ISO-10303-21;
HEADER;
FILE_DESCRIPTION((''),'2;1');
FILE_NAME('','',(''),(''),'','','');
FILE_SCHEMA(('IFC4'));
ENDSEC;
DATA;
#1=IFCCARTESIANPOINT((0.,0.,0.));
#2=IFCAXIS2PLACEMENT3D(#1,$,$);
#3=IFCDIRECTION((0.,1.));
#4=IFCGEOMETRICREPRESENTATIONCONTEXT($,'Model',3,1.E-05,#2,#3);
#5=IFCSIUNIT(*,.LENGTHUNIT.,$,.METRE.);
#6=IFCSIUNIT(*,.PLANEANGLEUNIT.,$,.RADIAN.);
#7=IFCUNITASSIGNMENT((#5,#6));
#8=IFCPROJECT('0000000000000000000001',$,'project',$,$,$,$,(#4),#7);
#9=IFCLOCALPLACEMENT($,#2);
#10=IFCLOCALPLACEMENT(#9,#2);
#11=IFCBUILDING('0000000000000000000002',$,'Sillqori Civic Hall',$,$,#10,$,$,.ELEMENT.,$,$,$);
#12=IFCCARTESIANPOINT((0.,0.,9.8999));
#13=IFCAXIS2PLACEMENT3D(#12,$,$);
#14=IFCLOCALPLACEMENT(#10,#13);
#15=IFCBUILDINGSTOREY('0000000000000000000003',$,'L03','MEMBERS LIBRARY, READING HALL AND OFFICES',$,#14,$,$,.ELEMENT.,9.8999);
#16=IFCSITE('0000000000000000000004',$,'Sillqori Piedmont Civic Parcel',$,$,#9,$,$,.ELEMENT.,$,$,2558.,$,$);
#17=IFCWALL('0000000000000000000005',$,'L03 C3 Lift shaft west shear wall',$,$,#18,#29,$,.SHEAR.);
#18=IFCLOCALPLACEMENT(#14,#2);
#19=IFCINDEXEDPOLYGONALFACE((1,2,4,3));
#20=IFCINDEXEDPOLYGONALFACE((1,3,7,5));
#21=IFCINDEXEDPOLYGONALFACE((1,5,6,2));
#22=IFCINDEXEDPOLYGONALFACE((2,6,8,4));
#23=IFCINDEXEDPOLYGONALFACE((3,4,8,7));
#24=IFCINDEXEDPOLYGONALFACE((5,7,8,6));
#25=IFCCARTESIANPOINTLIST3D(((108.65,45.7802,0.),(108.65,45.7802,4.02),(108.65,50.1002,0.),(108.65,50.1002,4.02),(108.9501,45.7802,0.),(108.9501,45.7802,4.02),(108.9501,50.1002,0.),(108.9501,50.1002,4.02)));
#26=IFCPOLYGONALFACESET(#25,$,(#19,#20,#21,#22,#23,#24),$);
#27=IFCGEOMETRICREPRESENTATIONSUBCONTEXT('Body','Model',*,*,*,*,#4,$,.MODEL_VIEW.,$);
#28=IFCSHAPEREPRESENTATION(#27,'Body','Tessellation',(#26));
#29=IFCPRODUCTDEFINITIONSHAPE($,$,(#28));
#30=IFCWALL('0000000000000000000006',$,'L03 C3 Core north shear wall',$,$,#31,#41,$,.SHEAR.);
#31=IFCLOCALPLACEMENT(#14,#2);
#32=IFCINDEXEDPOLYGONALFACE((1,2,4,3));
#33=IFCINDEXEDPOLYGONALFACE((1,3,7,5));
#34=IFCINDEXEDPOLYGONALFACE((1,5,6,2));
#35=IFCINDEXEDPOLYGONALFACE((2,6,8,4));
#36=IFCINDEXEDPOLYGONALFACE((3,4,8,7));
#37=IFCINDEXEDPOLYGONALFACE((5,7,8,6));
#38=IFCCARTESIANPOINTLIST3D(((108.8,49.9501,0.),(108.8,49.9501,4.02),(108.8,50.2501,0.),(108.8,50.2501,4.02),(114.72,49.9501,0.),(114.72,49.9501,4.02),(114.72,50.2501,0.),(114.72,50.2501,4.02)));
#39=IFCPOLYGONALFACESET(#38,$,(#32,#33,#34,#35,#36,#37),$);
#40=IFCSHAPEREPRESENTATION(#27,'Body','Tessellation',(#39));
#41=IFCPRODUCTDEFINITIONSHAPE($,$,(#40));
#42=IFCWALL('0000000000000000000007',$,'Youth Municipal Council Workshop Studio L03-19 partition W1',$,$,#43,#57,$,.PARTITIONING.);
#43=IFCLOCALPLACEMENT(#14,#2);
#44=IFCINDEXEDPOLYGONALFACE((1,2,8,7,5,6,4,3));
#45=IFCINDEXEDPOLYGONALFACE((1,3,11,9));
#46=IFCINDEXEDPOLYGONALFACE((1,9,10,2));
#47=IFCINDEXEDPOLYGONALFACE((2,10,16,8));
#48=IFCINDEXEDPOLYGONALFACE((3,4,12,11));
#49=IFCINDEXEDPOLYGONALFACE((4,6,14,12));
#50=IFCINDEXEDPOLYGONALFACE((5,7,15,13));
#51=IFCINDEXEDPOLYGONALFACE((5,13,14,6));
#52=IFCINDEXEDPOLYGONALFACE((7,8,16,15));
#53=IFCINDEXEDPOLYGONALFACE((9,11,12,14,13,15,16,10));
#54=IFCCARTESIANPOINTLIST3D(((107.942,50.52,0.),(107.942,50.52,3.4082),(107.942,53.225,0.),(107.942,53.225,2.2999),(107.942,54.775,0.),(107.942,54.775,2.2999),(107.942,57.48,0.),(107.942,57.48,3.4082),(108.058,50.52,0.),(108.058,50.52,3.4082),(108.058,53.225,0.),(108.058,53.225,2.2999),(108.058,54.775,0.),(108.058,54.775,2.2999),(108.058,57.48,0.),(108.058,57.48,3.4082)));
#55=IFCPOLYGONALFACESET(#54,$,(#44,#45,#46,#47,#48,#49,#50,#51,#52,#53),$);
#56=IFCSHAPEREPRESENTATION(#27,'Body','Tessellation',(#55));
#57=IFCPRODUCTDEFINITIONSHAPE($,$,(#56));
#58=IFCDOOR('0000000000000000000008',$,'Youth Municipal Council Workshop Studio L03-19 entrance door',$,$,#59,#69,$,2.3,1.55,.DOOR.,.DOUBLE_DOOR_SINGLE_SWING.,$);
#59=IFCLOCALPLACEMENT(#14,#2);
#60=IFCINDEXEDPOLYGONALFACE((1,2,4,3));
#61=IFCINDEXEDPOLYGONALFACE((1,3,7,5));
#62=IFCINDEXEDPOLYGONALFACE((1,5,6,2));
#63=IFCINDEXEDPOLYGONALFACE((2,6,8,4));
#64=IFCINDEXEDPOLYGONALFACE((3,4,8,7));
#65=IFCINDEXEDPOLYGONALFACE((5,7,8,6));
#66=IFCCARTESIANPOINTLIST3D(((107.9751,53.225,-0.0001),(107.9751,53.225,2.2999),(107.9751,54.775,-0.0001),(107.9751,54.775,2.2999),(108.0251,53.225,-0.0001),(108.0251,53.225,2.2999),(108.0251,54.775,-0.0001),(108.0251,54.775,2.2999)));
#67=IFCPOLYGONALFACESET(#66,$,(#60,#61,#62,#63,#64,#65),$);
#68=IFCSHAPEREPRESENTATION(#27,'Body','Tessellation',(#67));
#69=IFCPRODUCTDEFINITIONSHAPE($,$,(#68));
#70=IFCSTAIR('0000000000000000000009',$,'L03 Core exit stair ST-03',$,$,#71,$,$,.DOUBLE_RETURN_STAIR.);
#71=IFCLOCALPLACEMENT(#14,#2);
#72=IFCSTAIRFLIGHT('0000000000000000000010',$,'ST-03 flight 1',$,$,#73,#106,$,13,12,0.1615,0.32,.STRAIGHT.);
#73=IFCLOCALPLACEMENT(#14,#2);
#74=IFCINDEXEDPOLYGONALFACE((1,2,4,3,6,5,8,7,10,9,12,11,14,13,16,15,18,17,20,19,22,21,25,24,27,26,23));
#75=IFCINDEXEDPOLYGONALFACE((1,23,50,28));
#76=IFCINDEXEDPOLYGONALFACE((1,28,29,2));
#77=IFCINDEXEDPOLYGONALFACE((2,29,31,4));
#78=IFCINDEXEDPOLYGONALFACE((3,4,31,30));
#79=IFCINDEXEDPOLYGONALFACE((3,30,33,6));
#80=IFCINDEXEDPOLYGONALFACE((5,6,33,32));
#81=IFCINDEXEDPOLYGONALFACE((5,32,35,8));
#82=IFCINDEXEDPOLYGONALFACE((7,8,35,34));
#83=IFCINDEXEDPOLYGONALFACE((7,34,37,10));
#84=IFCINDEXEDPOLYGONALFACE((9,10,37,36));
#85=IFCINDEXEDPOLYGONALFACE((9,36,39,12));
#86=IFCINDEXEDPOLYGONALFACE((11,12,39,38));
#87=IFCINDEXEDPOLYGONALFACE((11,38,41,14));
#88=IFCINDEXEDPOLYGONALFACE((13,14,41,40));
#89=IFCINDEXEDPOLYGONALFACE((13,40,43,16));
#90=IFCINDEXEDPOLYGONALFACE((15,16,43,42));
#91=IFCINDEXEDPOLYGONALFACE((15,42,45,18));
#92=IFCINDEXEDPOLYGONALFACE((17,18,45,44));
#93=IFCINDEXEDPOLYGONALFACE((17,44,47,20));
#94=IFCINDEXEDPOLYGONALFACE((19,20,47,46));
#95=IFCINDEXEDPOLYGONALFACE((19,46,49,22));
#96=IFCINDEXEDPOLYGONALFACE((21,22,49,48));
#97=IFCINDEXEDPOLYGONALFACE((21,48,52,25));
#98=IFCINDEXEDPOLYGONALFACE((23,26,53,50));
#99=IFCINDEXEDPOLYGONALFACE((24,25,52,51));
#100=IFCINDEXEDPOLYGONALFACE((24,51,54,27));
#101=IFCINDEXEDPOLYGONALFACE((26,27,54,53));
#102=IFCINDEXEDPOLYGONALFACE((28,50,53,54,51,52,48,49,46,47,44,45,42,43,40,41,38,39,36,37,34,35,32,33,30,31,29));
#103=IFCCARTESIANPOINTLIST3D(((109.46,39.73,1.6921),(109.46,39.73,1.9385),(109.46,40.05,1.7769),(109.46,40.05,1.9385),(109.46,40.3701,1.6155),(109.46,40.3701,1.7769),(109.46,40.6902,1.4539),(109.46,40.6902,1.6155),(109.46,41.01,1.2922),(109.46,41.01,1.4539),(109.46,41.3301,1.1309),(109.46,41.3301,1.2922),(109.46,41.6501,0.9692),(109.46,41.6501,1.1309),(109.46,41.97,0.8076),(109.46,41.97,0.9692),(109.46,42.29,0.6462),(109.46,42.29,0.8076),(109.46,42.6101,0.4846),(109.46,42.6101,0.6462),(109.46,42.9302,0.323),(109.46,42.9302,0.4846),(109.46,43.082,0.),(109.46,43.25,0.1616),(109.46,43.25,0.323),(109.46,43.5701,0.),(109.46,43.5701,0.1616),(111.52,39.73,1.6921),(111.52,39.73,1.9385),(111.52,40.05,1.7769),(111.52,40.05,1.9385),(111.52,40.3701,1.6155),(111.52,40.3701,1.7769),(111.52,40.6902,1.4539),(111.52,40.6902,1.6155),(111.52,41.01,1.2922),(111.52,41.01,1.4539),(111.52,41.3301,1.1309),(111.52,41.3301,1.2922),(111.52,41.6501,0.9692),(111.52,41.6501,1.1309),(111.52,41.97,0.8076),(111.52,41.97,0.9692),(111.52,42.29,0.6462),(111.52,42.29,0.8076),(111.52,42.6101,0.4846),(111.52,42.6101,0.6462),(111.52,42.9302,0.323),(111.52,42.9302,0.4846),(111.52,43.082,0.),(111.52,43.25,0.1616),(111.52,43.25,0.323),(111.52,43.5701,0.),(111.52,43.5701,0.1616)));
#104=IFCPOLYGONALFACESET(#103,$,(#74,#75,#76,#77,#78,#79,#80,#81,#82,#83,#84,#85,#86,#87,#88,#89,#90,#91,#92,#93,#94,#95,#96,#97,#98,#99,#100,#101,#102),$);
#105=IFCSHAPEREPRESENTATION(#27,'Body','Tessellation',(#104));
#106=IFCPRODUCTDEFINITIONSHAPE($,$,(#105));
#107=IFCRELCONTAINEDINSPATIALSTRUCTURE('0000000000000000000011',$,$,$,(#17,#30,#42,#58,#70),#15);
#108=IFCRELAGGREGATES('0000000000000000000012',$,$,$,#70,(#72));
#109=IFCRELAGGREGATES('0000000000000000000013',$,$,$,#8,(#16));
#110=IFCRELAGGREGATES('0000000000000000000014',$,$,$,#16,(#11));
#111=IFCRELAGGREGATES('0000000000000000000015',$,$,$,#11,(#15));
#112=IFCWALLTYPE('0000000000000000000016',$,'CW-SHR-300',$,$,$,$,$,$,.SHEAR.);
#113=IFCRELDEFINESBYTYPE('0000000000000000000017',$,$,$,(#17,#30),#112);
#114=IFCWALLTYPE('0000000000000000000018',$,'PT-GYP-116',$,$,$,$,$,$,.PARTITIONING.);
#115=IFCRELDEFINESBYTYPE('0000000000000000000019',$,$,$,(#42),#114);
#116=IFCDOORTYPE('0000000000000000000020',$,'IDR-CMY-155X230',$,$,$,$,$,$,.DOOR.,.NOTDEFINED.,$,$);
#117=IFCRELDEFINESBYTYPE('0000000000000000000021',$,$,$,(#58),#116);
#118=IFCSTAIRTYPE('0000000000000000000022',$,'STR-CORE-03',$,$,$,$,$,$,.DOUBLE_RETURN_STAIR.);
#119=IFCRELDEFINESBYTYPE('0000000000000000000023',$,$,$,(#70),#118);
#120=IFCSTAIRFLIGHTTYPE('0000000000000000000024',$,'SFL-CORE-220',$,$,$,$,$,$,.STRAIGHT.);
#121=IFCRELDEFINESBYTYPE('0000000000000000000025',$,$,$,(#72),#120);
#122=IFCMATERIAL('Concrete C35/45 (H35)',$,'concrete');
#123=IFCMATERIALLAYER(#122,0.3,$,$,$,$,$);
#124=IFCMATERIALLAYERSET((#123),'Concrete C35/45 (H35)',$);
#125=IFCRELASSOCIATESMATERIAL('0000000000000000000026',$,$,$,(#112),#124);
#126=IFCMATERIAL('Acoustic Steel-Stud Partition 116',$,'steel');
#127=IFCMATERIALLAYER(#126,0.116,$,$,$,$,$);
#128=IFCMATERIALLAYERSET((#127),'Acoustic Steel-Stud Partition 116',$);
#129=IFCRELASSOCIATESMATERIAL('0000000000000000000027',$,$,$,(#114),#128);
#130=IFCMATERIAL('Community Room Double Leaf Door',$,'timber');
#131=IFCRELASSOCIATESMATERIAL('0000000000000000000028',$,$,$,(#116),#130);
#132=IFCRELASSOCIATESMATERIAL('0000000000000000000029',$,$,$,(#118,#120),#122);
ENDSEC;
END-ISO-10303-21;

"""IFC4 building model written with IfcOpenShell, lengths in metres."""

from ifc_helpers import new_model, si_unit, direction, frame, frame_2d, origin, place, context, subcontext, project, spatial, polyline, rectangle, outline, extrude, material, layer, layer_set, type_object, element, fill, aggregate, save


model = new_model("IFC4")

# Units and contexts
model_context = context("Model", 3, precision=1e-05, world=origin(), true_north=direction((0.0, 1.0)))
body_context = subcontext(model_context, "Body", "Model", "MODEL_VIEW")
ifc_project = project(units=[si_unit("LENGTHUNIT", "METRE"), si_unit("PLANEANGLEUNIT", "RADIAN")], contexts=[model_context])

# Site, building, storey
site_placement = place(None, origin())
site = spatial("IfcSite", under=ifc_project, at=site_placement, Name="Sillqori Piedmont Civic Parcel", CompositionType="ELEMENT", RefElevation=2558.0)
building_placement = place(site_placement, origin())
building = spatial("IfcBuilding", under=site, at=building_placement, Name="Sillqori Civic Hall", CompositionType="ELEMENT")
storey_placement = place(building_placement, frame((0.0, 0.0, 9.8999)))
storey = spatial("IfcBuildingStorey", under=building, at=storey_placement, Name="L03", Description="MEMBERS LIBRARY, READING HALL AND OFFICES", CompositionType="ELEMENT", Elevation=9.8999)

# Shared definitions
ifc_material_1 = material(Name="Concrete C35/45 (H35)", Category="concrete")

# Walls
ifc_layer_1 = layer(ifc_material_1, 0.3)
ifc_layer_set_1 = layer_set([ifc_layer_1], Name="Concrete C35/45 (H35)")
wall_type_1 = type_object("IfcWallType", Name="CW-SHR-300", PredefinedType="SHEAR", material=ifc_layer_set_1)
wall_1_placement = place(storey_placement, frame((108.8, 45.78, 0.0), z_axis=(0.0, 0.0, 1.0), x_axis=(0.0, 1.0, 0.0)))
element("IfcWall", 1, at=wall_1_placement, inside=storey, type_object=wall_type_1, Name="L03 C3 Lift shaft west shear wall", PredefinedType="SHEAR", context=body_context, shape_type="SweptSolid", body=[
    extrude(rectangle(XDim=4.3201, YDim=0.3, at=frame_2d((2.1602, 0.0))), origin(), (0.0, 0.0, 1.0), 4.02),
])
wall_2_placement = place(storey_placement, frame((108.8, 50.1001, 0.0), z_axis=(0.0, 0.0, 1.0), x_axis=(1.0, 0.0, 0.0)))
element("IfcWall", 2, at=wall_2_placement, inside=storey, type_object=wall_type_1, Name="L03 C3 Core north shear wall", PredefinedType="SHEAR", context=body_context, shape_type="SweptSolid", body=[
    extrude(rectangle(XDim=5.9199, YDim=0.3, at=frame_2d((2.96, 0.0))), origin(), (0.0, 0.0, 1.0), 4.02),
])

# Wall, opening, door
ifc_material_2 = material(Name="Acoustic Steel-Stud Partition 116", Category="steel")
ifc_layer_2 = layer(ifc_material_2, 0.116)
ifc_layer_set_2 = layer_set([ifc_layer_2], Name="Acoustic Steel-Stud Partition 116")
wall_type_2 = type_object("IfcWallType", Name="PT-GYP-116", PredefinedType="PARTITIONING", material=ifc_layer_set_2)
wall_3_placement = place(storey_placement, frame((108.0, 50.52, 0.0), z_axis=(0.0, 0.0, 1.0), x_axis=(0.0, 1.0, 0.0)))
wall_3 = element("IfcWall", 3, at=wall_3_placement, inside=storey, type_object=wall_type_2, Name="Youth Municipal Council Workshop Studio L03-19 partition W1", PredefinedType="PARTITIONING", context=body_context, shape_type="SweptSolid", body=[
    extrude(rectangle(XDim=6.96, YDim=0.116, at=frame_2d((3.48, 0.0))), origin(), (0.0, 0.0, 1.0), 3.4082),
])
opening_1_placement = place(wall_3_placement, frame((2.7051, 0.0, 0.0)))
opening_1 = element("IfcOpeningElement", 4, at=opening_1_placement, cuts=wall_3, PredefinedType="OPENING", context=body_context, shape_type="SweptSolid", body=[
    extrude(rectangle(XDim=1.55, YDim=2.3, at=frame_2d((0.7749, 1.1499))), frame((0.0, 0.0679, 0.0), z_axis=(0.0, -1.0, 0.0), x_axis=(1.0, 0.0, 0.0)), (0.0, 0.0, 1.0), 0.136),
])
ifc_material_3 = material(Name="Community Room Double Leaf Door", Category="timber")
door_type_1 = type_object("IfcDoorType", Name="IDR-CMY-155X230", OperationType="NOTDEFINED", PredefinedType="DOOR", material=ifc_material_3)
door_1_placement = place(opening_1_placement, origin())
door_1 = element("IfcDoor", 5, at=door_1_placement, inside=storey, type_object=door_type_1, Name="Youth Municipal Council Workshop Studio L03-19 entrance door", OperationType="DOUBLE_DOOR_SINGLE_SWING", OverallHeight=2.3, OverallWidth=1.55, PredefinedType="DOOR", context=body_context, shape_type="SweptSolid", body=[
    extrude(rectangle(XDim=1.55, YDim=2.3, at=frame_2d((0.7749, 1.1499))), frame((0.0, 0.0249, 0.0), z_axis=(0.0, -1.0, 0.0), x_axis=(1.0, 0.0, 0.0)), (0.0, 0.0, 1.0), 0.05),
])
fill(opening_1, door_1)

# Stair, stair flight
stair_type = type_object("IfcStairType", Name="STR-CORE-03", PredefinedType="DOUBLE_RETURN_STAIR", material=ifc_material_1)
stair_placement = place(storey_placement, origin())
stair = element("IfcStair", 6, at=stair_placement, inside=storey, type_object=stair_type, Name="L03 Core exit stair ST-03", PredefinedType="DOUBLE_RETURN_STAIR")
stair_flight_type = type_object("IfcStairFlightType", Name="SFL-CORE-220", PredefinedType="STRAIGHT", material=ifc_material_1)
stair_flight_placement = place(storey_placement, frame((110.49, 43.5701, 0.0), z_axis=(0.0, 0.0, 1.0), x_axis=(0.0, -1.0, 0.0)))
stair_flight = element("IfcStairFlight", 7, at=stair_flight_placement, type_object=stair_flight_type, Name="ST-03 flight 1", NumberOfRisers=13, NumberOfTreads=12, PredefinedType="STRAIGHT", RiserHeight=0.1615, TreadLength=0.32, context=body_context, shape_type="SweptSolid", body=[
    extrude(outline(polyline([(0.0, 0.0), (0.0, 0.1616), (0.3201, 0.1616), (0.3201, 0.323), (0.6399, 0.323), (0.6399, 0.4846), (0.96, 0.4846), (0.96, 0.6462), (1.28, 0.6462), (1.28, 0.8076), (1.6001, 0.8076), (1.6001, 0.9692), (1.9199, 0.9692), (1.9199, 1.1309), (2.24, 1.1309), (2.24, 1.2922), (2.5601, 1.2922), (2.5601, 1.4539), (2.8799, 1.4539), (2.8799, 1.6155), (3.2, 1.6155), (3.2, 1.7769), (3.52, 1.7769), (3.52, 1.9385), (3.8401, 1.9385), (3.8401, 2.1001), (3.8401, 1.6921), (0.488, 0.0), (0.0, 0.0)])), frame((0.0, 1.03, 0.0), z_axis=(0.0, -1.0, 0.0), x_axis=(1.0, 0.0, 0.0)), (0.0, 0.0, 1.0), 2.0601),
])
aggregate(stair, [stair_flight])

save(model, "model.ifc")
